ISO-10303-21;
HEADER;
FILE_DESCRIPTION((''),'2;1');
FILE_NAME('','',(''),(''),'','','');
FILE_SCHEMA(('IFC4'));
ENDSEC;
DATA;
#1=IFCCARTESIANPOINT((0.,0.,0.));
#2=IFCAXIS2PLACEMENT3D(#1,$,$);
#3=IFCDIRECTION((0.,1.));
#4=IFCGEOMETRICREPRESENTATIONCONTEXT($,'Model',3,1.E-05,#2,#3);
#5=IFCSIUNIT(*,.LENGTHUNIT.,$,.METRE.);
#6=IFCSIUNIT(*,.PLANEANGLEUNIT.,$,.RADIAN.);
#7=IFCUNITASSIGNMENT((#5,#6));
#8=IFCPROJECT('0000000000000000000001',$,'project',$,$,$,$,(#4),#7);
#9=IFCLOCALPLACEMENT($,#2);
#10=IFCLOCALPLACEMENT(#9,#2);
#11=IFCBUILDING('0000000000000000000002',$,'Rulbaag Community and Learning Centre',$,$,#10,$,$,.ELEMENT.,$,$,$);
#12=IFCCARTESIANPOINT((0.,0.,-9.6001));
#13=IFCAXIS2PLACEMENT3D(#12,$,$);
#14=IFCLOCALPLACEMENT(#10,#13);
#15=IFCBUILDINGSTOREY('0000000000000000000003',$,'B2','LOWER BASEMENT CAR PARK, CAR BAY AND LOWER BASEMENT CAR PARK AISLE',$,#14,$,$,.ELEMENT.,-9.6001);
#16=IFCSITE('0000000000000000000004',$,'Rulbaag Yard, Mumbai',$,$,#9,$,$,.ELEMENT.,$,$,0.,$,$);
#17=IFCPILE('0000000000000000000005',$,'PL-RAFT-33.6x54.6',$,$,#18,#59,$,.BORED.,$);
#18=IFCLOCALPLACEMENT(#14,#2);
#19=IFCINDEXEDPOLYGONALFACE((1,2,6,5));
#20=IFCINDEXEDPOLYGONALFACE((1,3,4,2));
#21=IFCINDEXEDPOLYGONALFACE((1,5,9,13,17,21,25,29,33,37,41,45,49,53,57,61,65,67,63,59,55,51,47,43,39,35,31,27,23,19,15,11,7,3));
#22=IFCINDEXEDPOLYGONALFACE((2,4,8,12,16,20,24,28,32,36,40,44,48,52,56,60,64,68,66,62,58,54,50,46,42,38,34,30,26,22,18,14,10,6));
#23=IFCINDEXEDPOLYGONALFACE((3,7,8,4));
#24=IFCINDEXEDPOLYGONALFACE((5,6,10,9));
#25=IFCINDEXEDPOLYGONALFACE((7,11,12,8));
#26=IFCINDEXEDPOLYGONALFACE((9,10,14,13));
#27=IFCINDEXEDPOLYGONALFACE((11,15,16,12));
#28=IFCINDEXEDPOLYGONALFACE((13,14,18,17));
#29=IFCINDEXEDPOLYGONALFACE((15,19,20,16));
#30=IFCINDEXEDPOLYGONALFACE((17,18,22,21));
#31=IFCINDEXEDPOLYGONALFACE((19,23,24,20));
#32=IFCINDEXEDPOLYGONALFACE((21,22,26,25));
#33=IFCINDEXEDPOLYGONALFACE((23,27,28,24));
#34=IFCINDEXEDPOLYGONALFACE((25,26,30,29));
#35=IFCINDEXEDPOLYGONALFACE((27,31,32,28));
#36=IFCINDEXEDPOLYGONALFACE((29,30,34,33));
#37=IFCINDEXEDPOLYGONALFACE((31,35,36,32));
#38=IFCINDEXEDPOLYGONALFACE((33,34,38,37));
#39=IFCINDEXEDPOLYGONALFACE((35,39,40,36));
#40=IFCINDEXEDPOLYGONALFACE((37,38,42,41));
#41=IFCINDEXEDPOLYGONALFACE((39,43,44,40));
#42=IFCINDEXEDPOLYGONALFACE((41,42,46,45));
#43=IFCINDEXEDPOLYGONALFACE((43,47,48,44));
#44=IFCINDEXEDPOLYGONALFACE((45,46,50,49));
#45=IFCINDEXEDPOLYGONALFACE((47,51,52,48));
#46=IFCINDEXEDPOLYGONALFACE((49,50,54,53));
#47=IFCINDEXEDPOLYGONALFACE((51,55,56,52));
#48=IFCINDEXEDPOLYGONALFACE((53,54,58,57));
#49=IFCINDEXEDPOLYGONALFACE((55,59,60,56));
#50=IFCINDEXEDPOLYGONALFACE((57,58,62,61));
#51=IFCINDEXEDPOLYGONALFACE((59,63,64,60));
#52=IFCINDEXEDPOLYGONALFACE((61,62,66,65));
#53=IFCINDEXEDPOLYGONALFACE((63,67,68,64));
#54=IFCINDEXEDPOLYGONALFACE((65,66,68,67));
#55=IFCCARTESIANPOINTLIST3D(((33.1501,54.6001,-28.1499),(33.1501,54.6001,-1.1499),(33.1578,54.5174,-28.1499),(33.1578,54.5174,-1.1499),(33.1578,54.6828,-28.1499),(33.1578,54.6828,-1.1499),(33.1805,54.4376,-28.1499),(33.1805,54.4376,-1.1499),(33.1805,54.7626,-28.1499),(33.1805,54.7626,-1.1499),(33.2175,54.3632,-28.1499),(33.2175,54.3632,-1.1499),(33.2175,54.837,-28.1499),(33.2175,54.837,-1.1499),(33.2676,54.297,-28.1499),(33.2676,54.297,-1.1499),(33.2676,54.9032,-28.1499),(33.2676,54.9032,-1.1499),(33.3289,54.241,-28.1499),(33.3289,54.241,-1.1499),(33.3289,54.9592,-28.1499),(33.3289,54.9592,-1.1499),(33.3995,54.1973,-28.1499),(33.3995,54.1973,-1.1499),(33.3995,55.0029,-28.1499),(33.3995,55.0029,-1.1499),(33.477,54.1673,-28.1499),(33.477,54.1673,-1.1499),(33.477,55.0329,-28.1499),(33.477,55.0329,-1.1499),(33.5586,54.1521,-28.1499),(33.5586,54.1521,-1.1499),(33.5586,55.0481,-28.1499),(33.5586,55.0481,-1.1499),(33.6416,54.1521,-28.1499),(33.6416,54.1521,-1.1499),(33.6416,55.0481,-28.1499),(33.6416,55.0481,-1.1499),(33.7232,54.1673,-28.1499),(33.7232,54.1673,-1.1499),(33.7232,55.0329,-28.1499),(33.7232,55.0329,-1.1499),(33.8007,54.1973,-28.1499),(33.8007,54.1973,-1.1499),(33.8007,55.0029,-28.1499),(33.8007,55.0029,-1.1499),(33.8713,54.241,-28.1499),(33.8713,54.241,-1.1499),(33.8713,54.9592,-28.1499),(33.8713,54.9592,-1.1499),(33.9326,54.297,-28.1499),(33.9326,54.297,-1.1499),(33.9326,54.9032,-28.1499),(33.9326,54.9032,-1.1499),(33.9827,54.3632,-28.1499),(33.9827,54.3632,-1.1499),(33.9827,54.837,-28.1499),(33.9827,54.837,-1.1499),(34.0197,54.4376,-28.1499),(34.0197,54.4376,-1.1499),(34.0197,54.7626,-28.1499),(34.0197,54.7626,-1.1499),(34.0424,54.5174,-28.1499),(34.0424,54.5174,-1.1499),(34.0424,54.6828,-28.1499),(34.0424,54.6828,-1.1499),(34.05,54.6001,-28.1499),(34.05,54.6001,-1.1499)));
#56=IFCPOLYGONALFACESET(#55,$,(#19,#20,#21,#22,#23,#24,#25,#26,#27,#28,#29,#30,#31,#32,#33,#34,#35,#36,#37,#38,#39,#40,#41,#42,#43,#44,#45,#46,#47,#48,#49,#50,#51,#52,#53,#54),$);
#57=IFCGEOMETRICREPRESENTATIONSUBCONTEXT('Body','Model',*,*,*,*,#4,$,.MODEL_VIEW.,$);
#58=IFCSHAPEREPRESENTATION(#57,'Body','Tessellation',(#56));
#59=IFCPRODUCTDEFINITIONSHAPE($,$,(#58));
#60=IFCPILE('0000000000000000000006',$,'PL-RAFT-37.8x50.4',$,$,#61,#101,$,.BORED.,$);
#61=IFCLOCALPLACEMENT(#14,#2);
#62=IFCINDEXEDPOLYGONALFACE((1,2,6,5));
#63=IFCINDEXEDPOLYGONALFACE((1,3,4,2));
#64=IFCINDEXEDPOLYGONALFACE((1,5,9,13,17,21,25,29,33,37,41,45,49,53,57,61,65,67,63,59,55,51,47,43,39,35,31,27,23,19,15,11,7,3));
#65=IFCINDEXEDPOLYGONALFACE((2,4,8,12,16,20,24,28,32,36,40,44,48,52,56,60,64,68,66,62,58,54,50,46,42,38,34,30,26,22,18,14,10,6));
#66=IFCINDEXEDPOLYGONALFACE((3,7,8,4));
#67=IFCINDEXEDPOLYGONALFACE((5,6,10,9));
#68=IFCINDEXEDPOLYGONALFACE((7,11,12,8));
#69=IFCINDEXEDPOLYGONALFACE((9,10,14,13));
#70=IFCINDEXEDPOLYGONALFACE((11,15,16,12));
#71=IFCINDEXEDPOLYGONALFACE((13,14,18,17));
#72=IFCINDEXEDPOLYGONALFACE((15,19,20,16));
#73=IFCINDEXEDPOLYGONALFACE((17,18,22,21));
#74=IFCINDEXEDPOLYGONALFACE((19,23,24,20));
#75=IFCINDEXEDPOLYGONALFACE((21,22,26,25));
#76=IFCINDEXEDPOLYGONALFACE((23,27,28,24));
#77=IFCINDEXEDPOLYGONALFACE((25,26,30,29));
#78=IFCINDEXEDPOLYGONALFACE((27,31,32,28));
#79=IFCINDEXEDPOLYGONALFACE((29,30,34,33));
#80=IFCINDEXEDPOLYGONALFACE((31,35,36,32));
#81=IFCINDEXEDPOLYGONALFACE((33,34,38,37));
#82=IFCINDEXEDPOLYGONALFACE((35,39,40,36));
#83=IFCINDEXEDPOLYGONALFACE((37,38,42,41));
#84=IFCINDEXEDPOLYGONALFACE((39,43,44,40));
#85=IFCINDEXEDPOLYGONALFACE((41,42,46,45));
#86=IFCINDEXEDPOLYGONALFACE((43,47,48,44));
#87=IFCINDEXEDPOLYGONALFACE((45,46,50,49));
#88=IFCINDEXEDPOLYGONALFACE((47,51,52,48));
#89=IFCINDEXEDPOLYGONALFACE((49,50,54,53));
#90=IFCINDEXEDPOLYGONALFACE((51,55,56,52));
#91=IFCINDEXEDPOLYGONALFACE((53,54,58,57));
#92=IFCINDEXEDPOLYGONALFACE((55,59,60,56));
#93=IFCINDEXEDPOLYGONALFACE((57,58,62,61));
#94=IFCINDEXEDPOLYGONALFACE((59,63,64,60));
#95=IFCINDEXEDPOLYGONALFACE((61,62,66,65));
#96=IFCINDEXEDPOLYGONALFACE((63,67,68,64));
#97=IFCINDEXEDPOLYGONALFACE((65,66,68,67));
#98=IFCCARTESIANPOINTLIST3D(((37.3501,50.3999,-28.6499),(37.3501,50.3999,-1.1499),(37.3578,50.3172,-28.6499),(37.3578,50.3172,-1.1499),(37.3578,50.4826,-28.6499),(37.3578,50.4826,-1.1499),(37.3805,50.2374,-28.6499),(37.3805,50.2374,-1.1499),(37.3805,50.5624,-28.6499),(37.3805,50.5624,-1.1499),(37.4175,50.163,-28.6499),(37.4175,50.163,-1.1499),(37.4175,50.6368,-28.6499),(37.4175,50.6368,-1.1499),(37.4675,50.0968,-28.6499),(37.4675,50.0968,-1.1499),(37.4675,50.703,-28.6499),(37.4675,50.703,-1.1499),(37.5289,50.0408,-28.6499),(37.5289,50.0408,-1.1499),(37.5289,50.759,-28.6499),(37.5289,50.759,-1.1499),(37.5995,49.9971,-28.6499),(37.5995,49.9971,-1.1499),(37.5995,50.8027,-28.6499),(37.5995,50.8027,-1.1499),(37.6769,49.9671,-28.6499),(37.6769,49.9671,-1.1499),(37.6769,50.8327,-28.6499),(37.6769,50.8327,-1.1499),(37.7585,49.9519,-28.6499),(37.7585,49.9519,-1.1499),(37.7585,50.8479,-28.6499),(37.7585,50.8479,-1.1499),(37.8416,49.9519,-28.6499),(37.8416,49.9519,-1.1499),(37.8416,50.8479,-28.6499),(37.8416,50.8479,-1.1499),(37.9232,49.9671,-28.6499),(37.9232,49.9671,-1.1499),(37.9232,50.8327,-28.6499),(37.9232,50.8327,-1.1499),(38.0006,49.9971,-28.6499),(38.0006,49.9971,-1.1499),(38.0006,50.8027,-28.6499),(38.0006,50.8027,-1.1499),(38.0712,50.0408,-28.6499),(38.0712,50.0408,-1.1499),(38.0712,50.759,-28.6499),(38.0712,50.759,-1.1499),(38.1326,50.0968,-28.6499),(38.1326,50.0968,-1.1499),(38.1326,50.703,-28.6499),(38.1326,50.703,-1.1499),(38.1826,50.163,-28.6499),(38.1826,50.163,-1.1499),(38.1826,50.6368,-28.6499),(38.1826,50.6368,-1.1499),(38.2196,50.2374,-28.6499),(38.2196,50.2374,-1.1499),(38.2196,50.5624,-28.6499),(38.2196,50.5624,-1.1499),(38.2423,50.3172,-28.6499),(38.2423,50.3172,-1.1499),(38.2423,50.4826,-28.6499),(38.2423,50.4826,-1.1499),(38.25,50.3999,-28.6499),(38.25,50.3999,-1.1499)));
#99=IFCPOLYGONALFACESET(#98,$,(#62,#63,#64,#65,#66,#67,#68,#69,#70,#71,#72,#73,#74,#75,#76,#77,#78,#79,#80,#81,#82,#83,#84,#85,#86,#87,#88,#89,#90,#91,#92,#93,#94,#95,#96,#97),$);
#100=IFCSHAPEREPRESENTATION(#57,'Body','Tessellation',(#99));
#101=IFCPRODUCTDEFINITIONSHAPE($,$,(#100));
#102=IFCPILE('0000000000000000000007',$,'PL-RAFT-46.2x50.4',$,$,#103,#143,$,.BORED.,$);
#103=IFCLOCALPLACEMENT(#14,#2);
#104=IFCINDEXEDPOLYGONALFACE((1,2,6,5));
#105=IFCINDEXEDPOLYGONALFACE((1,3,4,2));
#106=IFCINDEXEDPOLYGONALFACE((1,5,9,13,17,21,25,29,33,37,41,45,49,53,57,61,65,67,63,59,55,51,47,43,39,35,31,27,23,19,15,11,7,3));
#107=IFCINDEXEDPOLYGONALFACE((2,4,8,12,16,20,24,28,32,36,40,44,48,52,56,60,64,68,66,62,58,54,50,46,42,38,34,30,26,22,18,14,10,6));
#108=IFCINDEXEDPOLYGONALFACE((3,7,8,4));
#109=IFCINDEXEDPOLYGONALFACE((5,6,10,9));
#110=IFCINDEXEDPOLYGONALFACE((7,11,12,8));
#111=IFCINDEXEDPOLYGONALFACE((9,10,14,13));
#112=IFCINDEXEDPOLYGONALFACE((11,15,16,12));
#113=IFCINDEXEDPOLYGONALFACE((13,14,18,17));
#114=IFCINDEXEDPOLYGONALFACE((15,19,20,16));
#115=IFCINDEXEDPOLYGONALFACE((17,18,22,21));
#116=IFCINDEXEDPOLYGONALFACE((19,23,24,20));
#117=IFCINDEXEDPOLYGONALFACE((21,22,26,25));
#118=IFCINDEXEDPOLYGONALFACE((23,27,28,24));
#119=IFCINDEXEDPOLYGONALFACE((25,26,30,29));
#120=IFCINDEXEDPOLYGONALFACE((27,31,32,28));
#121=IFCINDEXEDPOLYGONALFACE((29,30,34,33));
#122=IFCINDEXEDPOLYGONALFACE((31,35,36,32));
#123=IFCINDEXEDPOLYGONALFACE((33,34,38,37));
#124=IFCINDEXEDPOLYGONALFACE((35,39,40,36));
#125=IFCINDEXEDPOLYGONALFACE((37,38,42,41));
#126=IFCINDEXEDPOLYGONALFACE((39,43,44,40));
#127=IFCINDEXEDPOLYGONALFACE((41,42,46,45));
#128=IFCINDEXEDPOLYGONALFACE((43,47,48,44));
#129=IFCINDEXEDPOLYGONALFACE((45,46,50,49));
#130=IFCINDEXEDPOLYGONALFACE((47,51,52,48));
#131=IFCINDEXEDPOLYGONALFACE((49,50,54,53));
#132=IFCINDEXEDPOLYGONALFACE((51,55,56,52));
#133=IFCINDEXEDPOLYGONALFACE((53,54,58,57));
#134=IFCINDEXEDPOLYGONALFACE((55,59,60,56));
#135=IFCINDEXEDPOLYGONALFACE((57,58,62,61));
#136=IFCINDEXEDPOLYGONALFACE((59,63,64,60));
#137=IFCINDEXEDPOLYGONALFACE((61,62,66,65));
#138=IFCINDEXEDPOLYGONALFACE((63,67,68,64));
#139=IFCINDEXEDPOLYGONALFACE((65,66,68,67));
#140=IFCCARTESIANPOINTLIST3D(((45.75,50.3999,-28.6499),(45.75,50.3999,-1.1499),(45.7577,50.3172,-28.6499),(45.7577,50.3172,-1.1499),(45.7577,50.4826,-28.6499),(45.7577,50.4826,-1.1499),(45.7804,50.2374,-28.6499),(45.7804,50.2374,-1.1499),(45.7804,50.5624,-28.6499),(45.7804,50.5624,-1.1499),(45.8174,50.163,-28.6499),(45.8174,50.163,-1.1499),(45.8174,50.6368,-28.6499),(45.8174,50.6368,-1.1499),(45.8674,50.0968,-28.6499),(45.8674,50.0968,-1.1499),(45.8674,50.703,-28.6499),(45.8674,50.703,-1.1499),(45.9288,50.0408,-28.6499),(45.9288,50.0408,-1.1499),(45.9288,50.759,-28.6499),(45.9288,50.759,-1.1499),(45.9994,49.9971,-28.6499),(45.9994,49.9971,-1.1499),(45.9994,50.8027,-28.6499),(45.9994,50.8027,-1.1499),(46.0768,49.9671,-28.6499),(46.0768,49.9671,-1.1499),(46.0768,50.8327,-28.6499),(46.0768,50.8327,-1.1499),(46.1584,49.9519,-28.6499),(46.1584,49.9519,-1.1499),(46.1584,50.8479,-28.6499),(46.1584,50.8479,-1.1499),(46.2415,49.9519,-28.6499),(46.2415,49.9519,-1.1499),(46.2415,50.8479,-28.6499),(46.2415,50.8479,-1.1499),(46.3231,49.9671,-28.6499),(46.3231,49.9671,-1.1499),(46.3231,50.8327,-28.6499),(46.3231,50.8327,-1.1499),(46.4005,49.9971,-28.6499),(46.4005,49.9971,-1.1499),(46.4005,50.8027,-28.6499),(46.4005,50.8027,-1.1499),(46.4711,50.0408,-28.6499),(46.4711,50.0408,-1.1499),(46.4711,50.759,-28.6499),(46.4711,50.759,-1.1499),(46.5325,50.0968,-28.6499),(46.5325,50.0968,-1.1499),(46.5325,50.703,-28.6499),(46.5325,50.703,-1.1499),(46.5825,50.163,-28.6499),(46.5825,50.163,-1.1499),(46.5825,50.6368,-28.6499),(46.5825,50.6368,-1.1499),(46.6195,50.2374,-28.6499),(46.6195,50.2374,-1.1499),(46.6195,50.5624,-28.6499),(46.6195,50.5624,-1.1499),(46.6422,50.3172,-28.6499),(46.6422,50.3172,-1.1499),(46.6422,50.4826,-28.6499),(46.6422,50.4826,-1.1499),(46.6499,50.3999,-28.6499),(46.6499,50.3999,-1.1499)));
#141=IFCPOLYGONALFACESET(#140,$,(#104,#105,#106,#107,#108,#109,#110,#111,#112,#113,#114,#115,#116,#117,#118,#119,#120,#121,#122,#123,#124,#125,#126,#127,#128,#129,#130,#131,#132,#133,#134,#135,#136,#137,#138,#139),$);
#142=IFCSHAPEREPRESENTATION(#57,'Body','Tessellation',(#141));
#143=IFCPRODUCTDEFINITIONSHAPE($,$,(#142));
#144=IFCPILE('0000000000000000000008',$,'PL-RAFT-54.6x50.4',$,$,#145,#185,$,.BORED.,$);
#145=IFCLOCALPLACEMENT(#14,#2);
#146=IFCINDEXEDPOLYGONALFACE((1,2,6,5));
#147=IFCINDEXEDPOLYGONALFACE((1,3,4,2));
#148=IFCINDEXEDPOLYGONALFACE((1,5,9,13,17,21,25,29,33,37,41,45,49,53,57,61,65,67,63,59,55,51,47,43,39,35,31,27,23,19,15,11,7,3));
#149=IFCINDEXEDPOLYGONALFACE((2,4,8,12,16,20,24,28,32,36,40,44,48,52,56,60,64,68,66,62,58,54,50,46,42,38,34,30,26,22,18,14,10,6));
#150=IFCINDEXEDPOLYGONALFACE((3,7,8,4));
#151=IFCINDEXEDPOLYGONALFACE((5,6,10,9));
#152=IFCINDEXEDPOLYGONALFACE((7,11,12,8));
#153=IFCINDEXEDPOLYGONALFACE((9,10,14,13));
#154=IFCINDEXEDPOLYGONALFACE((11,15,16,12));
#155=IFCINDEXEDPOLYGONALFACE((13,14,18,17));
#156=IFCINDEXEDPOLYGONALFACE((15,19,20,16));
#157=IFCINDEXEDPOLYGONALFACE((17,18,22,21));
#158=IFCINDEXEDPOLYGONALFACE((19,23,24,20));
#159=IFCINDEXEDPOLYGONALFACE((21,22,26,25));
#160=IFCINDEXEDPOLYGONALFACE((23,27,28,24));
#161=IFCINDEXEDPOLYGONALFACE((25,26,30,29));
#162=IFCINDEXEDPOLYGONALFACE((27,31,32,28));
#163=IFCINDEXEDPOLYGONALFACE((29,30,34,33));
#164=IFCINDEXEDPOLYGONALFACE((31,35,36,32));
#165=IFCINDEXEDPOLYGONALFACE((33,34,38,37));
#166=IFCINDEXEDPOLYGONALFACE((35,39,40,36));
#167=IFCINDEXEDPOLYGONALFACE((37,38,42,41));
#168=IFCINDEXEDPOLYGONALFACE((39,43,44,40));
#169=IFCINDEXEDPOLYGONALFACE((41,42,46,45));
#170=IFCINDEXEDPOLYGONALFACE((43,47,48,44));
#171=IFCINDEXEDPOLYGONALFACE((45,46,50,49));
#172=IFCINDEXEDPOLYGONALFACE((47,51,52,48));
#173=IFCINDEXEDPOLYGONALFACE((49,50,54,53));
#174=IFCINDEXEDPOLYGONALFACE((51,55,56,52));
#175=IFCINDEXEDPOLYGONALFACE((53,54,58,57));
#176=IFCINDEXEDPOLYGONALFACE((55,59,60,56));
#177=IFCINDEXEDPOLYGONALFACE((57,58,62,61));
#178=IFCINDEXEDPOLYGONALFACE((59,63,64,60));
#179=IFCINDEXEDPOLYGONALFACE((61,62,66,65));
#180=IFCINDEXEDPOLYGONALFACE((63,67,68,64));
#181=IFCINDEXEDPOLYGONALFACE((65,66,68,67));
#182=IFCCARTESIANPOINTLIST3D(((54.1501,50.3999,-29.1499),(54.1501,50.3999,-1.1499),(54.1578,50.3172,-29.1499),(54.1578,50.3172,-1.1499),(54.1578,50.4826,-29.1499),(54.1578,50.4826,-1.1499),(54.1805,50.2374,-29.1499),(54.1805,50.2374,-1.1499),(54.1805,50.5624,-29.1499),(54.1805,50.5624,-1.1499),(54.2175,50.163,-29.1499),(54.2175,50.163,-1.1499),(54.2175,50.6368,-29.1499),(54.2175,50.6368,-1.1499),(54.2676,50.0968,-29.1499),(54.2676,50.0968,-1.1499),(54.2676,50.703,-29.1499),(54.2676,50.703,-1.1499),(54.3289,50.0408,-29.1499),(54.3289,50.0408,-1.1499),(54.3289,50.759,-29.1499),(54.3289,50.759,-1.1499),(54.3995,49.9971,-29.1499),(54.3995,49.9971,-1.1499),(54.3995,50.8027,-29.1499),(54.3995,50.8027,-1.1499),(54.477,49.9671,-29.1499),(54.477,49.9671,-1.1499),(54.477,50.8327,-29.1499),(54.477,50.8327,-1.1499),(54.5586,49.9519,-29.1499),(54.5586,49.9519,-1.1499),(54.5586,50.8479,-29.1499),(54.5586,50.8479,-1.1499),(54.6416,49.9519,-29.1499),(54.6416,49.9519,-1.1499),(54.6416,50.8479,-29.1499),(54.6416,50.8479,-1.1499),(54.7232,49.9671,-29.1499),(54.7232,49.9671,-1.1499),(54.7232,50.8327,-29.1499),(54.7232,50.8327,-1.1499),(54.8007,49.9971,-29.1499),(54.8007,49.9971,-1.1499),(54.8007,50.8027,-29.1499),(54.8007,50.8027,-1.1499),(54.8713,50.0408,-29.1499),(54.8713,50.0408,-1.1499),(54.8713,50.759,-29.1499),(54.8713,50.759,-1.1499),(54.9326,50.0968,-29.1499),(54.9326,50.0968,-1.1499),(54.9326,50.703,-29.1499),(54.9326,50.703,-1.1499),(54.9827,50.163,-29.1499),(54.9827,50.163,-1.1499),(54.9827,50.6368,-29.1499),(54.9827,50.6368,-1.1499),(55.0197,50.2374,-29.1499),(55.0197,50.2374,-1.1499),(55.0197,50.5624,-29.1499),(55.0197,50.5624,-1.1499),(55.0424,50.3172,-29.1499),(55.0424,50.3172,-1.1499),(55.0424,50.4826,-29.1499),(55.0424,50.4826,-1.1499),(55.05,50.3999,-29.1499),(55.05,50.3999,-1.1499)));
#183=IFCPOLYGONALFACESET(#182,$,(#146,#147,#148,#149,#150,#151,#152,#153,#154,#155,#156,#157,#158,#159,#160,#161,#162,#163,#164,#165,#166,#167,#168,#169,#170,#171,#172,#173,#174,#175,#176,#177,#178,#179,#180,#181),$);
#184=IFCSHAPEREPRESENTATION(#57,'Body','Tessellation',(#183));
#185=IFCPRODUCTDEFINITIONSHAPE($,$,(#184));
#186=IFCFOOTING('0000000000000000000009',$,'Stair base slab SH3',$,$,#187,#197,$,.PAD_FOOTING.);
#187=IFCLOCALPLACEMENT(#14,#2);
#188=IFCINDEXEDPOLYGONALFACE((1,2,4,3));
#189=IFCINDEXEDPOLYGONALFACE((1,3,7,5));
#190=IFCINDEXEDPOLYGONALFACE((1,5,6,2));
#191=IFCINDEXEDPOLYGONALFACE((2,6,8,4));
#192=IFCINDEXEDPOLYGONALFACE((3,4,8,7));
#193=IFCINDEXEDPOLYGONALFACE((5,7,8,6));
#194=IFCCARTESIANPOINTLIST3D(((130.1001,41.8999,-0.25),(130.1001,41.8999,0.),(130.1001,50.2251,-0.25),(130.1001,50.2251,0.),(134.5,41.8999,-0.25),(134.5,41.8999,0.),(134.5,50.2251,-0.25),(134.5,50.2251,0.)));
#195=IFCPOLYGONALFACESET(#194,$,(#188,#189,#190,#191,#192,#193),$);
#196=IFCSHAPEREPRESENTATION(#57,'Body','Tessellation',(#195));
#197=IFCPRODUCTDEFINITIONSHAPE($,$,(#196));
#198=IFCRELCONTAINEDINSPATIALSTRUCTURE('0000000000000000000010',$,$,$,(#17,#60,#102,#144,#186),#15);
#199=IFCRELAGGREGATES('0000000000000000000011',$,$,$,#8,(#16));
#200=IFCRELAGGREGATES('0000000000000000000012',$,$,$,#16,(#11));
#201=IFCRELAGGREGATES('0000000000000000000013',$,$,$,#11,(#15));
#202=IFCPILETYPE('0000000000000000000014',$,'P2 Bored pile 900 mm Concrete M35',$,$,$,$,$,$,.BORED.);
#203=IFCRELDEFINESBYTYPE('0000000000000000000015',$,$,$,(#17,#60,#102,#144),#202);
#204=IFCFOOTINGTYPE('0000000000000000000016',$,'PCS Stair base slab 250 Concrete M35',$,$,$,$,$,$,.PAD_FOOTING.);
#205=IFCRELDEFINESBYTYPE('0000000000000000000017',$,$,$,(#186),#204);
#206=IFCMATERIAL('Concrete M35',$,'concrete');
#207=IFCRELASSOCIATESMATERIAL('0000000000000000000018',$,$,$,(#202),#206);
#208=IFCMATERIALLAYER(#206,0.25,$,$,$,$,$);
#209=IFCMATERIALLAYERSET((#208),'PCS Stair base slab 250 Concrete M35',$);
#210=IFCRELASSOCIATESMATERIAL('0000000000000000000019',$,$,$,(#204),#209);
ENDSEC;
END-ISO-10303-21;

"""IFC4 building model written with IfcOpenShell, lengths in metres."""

from ifc_helpers import new_model, si_unit, direction, frame, origin, origin_2d, place, context, subcontext, project, spatial, polyline, circle, outline, extrude, material, layer, layer_set, material_profile, profile_set, type_object, element, save


model = new_model("IFC4")

# Units and contexts
model_context = context("Model", 3, precision=1e-05, world=origin(), true_north=direction((0.0, 1.0)))
body_context = subcontext(model_context, "Body", "Model", "MODEL_VIEW")
ifc_project = project(units=[si_unit("LENGTHUNIT", "METRE"), si_unit("PLANEANGLEUNIT", "RADIAN")], contexts=[model_context])

# Site, building, storey
site_placement = place(None, origin())
site = spatial("IfcSite", under=ifc_project, at=site_placement, Name="Rulbaag Yard, Mumbai", CompositionType="ELEMENT", RefElevation=0.0)
building_placement = place(site_placement, origin())
building = spatial("IfcBuilding", under=site, at=building_placement, Name="Rulbaag Community and Learning Centre", CompositionType="ELEMENT")
storey_placement = place(building_placement, frame((0.0, 0.0, -9.6001)))
storey = spatial("IfcBuildingStorey", under=building, at=storey_placement, Name="B2", Description="LOWER BASEMENT CAR PARK, CAR BAY AND LOWER BASEMENT CAR PARK AISLE", CompositionType="ELEMENT", Elevation=-9.6001)

# Shared definitions
ifc_material_1 = material(Name="Concrete M35", Category="concrete")

# Piles
ifc_material_profile_1 = material_profile(ifc_material_1, circle(Radius=0.45, at=origin_2d()), Name="BP900")
ifc_profile_set_1 = profile_set([ifc_material_profile_1], Name="Concrete M35")
pile_type_1 = type_object("IfcPileType", Name="P2 Bored pile 900 mm Concrete M35", PredefinedType="BORED", material=ifc_profile_set_1)
pile_1_placement = place(storey_placement, frame((33.6001, 54.6001, -1.1499), z_axis=(0.0, 0.0, -1.0), x_axis=(1.0, 0.0, 0.0)))
element("IfcPile", 1, at=pile_1_placement, inside=storey, type_object=pile_type_1, Name="PL-RAFT-33.6x54.6", PredefinedType="BORED", context=body_context, shape_type="SweptSolid", body=[
    extrude(circle(Radius=0.45, at=origin_2d()), origin(), (0.0, 0.0, 1.0), 27.0),
])
for number, where, z_axis, x_axis, name in (
    (2, (37.8, 50.3999, -1.1499), (0.0, 0.0, -1.0), (1.0, 0.0, 0.0), "PL-RAFT-37.8x50.4"),
    (3, (46.2, 50.3999, -1.1499), (0.0, 0.0, -1.0), (1.0, 0.0, 0.0), "PL-RAFT-46.2x50.4"),
):
    element("IfcPile", number, at=place(storey_placement, frame(where, z_axis=z_axis, x_axis=x_axis)), inside=storey, type_object=pile_type_1, Name=name, PredefinedType="BORED", context=body_context, shape_type="SweptSolid", body=[
        extrude(circle(Radius=0.45, at=origin_2d()), origin(), (0.0, 0.0, 1.0), 27.5),
    ])
pile_2_placement = place(storey_placement, frame((54.6001, 50.3999, -1.1499), z_axis=(0.0, 0.0, -1.0), x_axis=(1.0, 0.0, 0.0)))
element("IfcPile", 4, at=pile_2_placement, inside=storey, type_object=pile_type_1, Name="PL-RAFT-54.6x50.4", PredefinedType="BORED", context=body_context, shape_type="SweptSolid", body=[
    extrude(circle(Radius=0.45, at=origin_2d()), origin(), (0.0, 0.0, 1.0), 28.0),
])

# Footing
ifc_layer_1 = layer(ifc_material_1, 0.25)
ifc_layer_set_1 = layer_set([ifc_layer_1], Name="PCS Stair base slab 250 Concrete M35")
footing_type_1 = type_object("IfcFootingType", Name="PCS Stair base slab 250 Concrete M35", PredefinedType="PAD_FOOTING", material=ifc_layer_set_1)
footing_1_placement = place(storey_placement, frame((0.0, 0.0, -0.25)))
element("IfcFooting", 5, at=footing_1_placement, inside=storey, type_object=footing_type_1, Name="Stair base slab SH3", PredefinedType="PAD_FOOTING", context=body_context, shape_type="SweptSolid", body=[
    extrude(outline(polyline([(130.1001, 41.8999), (134.5, 41.8999), (134.5, 50.2251), (130.1001, 50.2251), (130.1001, 41.8999)])), origin(), (0.0, 0.0, 1.0), 0.25),
])

save(model, "model.ifc")
